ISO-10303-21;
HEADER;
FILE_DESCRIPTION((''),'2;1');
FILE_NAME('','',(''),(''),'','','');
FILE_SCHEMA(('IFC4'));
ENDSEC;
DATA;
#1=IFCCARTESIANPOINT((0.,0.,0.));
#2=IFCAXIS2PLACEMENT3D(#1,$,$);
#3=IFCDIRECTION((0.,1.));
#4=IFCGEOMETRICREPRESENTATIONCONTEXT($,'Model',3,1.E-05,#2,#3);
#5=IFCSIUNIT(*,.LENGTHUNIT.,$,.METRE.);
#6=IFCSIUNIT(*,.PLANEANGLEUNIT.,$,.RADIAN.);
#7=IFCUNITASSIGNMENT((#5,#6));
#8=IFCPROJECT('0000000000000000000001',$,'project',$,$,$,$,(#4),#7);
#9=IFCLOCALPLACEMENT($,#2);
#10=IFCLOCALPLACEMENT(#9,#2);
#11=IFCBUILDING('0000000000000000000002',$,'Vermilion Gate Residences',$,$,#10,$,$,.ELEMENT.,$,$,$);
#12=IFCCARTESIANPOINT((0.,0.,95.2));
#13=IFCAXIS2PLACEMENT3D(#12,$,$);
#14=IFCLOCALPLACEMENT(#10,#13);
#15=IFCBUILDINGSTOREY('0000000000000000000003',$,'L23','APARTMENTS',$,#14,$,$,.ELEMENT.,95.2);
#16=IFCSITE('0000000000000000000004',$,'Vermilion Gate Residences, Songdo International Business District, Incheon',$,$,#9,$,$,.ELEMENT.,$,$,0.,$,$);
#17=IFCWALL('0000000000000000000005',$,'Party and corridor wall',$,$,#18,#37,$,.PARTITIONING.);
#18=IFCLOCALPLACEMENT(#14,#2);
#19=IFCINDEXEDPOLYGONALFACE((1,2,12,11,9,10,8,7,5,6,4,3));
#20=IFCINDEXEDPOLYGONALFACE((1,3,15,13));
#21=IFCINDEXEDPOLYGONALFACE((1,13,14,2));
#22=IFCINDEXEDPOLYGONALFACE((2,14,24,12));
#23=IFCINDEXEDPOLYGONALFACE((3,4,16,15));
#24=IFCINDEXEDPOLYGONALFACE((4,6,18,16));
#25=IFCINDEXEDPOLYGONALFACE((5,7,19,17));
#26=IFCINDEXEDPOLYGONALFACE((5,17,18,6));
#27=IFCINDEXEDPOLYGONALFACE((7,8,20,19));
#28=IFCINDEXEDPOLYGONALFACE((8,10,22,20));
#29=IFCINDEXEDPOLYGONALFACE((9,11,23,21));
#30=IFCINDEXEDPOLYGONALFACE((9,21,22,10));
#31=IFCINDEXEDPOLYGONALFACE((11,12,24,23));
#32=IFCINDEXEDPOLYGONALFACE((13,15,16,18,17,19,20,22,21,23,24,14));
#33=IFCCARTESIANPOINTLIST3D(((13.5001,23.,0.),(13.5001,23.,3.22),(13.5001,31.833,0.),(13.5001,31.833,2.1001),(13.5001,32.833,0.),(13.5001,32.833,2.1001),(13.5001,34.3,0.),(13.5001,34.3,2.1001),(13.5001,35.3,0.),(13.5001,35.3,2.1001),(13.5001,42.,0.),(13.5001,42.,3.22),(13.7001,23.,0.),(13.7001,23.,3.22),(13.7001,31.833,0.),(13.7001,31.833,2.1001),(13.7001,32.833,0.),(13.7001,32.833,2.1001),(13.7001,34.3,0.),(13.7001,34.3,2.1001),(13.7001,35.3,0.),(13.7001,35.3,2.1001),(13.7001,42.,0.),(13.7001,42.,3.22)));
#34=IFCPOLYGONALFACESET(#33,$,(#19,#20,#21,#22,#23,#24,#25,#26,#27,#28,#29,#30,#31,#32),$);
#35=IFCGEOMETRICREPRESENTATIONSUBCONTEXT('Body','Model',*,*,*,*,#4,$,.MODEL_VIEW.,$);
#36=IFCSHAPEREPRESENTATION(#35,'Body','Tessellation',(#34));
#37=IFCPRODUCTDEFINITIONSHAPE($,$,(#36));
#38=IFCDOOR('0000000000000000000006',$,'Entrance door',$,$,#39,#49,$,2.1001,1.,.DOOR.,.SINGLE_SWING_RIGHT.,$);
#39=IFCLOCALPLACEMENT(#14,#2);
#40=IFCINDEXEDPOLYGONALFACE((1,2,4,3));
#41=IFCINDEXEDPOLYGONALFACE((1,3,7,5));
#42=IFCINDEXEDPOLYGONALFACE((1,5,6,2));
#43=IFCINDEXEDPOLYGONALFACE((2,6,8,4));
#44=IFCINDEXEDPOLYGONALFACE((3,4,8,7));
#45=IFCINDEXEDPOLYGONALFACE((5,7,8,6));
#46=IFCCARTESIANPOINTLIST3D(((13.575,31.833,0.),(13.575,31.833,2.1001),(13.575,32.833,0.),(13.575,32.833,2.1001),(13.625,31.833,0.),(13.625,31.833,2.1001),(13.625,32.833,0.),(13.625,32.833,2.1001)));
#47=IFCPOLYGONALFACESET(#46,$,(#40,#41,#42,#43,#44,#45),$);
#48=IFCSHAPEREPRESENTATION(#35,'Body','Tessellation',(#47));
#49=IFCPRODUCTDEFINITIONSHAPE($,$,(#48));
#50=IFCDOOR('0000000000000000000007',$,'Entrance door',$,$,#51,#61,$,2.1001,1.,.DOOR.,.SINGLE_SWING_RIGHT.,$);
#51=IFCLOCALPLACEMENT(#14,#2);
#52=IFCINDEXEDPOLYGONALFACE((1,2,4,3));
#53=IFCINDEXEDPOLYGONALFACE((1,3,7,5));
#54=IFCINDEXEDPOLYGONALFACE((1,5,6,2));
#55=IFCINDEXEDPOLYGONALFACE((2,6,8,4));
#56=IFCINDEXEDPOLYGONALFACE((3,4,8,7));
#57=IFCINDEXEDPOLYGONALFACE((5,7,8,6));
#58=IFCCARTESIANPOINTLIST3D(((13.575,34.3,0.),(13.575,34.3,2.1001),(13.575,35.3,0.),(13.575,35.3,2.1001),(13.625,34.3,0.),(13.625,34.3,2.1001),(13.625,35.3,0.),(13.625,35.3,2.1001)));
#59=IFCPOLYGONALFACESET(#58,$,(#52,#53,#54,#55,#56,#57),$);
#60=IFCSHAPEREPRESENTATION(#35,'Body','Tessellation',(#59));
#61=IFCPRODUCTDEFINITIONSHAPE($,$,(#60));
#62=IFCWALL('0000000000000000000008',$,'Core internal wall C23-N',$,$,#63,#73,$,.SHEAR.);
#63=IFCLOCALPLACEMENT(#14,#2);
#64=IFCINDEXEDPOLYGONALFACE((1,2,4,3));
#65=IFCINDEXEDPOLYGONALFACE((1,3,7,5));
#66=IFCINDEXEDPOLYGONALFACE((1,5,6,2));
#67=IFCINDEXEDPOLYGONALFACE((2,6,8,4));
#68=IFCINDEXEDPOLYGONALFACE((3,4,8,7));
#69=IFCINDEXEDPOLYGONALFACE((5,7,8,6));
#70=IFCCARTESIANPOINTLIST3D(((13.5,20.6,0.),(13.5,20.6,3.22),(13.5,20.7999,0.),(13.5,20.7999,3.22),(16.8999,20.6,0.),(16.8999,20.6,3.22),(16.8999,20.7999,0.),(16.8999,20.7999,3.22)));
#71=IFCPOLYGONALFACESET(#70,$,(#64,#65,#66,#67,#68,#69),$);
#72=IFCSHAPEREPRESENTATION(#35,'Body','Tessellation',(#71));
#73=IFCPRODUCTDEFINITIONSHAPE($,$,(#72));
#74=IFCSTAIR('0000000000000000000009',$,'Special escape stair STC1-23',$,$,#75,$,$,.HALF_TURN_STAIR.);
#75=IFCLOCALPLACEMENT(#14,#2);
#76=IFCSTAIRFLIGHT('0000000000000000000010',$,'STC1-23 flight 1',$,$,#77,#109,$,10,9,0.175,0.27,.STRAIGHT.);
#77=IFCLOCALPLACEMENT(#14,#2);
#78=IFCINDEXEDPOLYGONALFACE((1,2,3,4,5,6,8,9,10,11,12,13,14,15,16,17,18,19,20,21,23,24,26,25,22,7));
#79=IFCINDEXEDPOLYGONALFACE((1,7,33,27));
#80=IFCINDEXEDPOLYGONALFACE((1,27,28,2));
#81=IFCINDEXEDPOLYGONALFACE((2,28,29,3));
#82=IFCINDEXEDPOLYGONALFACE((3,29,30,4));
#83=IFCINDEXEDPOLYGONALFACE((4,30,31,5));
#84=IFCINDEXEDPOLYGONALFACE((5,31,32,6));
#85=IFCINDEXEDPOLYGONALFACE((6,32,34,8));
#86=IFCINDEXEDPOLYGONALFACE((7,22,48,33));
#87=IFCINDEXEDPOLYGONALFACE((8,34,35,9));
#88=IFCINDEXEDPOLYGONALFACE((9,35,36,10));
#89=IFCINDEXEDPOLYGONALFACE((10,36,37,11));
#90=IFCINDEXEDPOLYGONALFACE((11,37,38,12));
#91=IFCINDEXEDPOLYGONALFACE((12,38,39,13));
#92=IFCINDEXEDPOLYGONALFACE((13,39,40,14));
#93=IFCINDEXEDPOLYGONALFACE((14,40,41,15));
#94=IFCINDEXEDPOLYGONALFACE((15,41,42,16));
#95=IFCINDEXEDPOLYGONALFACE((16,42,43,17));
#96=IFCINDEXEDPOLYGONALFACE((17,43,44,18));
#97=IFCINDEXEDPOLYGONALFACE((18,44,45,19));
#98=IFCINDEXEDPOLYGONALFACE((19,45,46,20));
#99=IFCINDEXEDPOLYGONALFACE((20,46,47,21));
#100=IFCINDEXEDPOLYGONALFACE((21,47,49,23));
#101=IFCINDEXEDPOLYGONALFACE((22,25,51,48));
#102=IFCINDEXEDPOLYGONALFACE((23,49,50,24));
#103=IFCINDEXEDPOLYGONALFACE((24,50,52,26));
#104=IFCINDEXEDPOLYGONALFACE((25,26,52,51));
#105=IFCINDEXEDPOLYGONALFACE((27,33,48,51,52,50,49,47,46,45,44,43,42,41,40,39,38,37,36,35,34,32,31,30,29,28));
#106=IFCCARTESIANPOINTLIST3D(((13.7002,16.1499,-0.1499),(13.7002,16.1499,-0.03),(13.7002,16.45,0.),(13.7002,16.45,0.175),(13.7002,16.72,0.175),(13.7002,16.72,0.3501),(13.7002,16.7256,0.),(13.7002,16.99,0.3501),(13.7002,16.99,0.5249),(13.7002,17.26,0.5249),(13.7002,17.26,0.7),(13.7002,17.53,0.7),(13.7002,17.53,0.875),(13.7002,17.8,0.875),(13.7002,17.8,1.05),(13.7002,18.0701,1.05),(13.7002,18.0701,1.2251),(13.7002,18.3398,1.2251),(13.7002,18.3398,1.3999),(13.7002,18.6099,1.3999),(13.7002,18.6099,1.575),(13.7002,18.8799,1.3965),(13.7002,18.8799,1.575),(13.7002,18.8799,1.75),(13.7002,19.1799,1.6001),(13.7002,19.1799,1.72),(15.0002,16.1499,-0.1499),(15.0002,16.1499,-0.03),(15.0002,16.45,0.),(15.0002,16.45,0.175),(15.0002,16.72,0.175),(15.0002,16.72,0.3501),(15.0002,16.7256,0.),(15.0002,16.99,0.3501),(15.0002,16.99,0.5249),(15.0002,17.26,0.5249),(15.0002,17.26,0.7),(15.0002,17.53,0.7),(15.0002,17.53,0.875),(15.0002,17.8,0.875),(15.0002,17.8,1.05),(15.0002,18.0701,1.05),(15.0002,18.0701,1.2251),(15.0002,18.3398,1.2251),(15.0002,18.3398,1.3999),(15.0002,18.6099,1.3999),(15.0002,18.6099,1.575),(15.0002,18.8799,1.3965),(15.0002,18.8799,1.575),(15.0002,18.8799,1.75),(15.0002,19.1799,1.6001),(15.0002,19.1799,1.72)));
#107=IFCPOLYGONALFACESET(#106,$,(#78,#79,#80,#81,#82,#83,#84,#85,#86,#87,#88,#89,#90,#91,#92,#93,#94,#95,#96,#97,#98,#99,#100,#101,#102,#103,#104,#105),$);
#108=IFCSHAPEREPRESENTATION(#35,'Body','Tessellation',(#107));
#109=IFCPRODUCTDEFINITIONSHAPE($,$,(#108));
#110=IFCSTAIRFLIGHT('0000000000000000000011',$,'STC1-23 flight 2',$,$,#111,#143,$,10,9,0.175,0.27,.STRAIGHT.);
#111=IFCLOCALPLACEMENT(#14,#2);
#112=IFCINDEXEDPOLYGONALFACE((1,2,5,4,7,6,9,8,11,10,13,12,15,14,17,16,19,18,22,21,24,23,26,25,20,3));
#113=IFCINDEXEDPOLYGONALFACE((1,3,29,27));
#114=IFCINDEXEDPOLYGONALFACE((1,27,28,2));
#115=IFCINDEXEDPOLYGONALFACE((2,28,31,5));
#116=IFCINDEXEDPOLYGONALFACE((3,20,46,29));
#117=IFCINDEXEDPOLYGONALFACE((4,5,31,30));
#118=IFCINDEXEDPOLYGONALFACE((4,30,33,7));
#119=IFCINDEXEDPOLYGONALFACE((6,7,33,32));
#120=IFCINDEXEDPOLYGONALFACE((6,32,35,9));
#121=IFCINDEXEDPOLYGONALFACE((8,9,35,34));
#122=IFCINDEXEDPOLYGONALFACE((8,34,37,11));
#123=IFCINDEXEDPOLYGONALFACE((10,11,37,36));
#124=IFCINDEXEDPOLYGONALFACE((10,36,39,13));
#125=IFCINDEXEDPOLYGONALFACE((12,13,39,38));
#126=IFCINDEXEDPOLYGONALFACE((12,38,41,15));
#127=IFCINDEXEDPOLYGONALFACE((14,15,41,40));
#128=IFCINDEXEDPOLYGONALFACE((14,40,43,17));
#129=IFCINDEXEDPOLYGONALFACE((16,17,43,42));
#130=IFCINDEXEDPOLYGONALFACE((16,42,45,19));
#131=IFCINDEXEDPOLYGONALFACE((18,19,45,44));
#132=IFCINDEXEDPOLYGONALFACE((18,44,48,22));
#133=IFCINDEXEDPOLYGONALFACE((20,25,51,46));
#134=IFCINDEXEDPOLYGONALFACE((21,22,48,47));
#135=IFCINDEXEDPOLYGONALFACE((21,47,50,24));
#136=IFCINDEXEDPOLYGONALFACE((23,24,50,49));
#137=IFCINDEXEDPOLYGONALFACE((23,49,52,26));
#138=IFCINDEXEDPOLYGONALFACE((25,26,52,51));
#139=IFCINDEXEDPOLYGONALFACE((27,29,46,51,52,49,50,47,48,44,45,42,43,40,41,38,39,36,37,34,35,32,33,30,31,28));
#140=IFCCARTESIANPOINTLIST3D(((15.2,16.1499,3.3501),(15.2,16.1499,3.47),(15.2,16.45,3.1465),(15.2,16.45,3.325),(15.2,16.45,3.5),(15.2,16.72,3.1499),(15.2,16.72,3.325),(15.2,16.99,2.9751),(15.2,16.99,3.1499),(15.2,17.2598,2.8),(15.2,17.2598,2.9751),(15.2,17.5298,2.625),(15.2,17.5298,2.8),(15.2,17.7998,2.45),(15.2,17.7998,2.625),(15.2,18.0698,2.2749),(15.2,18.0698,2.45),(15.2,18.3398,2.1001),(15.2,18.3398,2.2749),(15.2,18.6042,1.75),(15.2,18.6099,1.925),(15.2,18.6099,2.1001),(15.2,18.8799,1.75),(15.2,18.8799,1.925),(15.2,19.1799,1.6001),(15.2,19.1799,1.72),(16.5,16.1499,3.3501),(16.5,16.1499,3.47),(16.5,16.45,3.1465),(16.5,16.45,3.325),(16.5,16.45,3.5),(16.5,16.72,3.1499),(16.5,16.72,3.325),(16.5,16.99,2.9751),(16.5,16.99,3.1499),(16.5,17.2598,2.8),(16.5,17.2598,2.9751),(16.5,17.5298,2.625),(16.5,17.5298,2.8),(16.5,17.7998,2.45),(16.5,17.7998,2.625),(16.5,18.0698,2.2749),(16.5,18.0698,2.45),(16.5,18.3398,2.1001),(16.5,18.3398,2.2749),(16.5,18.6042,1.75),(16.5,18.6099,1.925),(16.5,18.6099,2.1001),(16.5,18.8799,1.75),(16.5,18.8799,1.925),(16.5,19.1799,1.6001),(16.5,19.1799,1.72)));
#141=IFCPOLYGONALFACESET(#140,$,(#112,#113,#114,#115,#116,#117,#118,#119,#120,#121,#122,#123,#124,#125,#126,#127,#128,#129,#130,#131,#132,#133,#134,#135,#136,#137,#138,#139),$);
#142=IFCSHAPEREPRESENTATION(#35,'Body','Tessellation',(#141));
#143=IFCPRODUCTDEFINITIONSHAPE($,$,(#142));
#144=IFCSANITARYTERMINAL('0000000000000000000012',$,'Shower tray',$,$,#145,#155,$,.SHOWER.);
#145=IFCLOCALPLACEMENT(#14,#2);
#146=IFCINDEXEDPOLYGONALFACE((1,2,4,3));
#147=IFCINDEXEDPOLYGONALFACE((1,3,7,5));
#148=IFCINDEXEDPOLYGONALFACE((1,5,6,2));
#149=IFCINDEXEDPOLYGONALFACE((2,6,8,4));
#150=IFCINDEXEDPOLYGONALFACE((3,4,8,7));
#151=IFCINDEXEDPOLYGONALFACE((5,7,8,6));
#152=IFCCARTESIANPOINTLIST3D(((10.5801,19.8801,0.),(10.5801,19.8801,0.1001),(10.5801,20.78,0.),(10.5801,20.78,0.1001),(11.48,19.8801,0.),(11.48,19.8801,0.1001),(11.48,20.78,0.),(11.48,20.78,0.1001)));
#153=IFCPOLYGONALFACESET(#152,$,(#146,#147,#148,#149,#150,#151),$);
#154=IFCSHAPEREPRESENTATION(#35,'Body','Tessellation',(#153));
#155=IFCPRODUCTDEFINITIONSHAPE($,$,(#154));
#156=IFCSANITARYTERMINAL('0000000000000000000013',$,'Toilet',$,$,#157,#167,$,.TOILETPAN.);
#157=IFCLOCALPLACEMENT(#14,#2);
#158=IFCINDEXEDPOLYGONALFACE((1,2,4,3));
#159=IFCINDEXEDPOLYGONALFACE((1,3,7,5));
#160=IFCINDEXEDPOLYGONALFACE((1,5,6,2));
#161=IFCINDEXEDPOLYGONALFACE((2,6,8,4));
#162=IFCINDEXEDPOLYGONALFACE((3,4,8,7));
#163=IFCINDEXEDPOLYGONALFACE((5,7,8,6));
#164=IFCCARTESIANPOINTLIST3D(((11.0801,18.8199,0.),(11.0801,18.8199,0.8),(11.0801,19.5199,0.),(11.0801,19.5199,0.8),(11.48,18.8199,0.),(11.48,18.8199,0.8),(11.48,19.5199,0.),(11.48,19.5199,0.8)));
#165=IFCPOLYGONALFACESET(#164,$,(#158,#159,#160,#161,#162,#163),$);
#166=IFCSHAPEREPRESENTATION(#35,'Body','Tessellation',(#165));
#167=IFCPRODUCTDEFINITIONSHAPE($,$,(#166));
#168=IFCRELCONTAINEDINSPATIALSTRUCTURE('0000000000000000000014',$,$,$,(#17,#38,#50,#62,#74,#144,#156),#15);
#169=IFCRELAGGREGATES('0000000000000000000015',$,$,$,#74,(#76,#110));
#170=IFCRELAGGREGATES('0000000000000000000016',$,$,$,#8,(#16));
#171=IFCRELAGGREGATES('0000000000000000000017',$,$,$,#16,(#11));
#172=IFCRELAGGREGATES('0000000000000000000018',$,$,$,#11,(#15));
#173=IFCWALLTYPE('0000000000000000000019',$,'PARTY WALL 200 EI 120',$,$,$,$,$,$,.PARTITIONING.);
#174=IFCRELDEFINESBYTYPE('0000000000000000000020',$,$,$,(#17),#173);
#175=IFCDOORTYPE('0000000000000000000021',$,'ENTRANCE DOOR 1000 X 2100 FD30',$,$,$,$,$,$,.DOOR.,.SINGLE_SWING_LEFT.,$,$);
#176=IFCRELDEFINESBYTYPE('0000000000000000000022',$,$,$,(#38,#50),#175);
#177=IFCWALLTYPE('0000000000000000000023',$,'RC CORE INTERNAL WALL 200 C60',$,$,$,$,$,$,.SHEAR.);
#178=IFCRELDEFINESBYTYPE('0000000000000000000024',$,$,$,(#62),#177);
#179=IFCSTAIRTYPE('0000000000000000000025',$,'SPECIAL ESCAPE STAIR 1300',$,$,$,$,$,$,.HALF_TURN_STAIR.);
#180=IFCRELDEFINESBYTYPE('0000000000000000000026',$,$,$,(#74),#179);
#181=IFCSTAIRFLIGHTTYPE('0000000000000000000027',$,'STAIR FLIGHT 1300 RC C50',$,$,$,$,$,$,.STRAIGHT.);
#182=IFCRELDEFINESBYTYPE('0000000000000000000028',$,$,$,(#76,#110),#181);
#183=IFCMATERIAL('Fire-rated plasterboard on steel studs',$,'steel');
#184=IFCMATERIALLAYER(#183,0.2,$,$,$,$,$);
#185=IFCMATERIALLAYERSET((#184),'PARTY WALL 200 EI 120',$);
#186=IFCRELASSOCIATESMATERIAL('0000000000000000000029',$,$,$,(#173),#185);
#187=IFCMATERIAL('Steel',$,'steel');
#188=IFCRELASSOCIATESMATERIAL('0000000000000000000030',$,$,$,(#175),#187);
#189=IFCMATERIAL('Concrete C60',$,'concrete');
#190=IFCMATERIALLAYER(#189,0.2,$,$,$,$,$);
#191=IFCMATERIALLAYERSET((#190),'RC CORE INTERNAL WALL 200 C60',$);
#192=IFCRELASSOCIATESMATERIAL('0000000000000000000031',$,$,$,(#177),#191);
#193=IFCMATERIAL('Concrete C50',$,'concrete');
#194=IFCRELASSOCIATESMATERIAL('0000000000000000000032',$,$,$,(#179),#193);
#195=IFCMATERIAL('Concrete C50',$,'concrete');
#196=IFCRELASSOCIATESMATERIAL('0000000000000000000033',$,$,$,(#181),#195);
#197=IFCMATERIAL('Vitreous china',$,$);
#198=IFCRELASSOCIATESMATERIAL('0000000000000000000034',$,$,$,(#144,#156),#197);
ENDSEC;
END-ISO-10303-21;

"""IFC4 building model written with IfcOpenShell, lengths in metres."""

from ifc_helpers import new_model, si_unit, direction, frame, frame_2d, origin, origin_2d, place, context, subcontext, project, spatial, polyline, rectangle, outline, extrude, material, layer, layer_set, type_object, element, fill, aggregate, save


model = new_model("IFC4")

# Units and contexts
model_context = context("Model", 3, precision=1e-05, world=origin(), true_north=direction((0.0, 1.0)))
body_context = subcontext(model_context, "Body", "Model", "MODEL_VIEW")
ifc_project = project(units=[si_unit("LENGTHUNIT", "METRE"), si_unit("PLANEANGLEUNIT", "RADIAN")], contexts=[model_context])

# Site, building, storey
site_placement = place(None, origin())
site = spatial("IfcSite", under=ifc_project, at=site_placement, Name="Vermilion Gate Residences, Songdo International Business District, Incheon", CompositionType="ELEMENT", RefElevation=0.0)
building_placement = place(site_placement, origin())
building = spatial("IfcBuilding", under=site, at=building_placement, Name="Vermilion Gate Residences", CompositionType="ELEMENT")
storey_placement = place(building_placement, frame((0.0, 0.0, 95.2)))
storey = spatial("IfcBuildingStorey", under=building, at=storey_placement, Name="L23", Description="APARTMENTS", CompositionType="ELEMENT", Elevation=95.2)

# Shared definitions
ifc_material_1 = material(Name="Fire-rated plasterboard on steel studs", Category="steel")
ifc_layer_1 = layer(ifc_material_1, 0.2)
ifc_layer_set_1 = layer_set([ifc_layer_1], Name="PARTY WALL 200 EI 120")
wall_type_1 = type_object("IfcWallType", Name="PARTY WALL 200 EI 120", PredefinedType="PARTITIONING", material=ifc_layer_set_1)
ifc_material_2 = material(Name="Steel", Category="steel")
door_type_1 = type_object("IfcDoorType", Name="ENTRANCE DOOR 1000 X 2100 FD30", OperationType="SINGLE_SWING_LEFT", PredefinedType="DOOR", material=ifc_material_2)

# Wall, openings, doors
wall_1_placement = place(storey_placement, frame((13.6001, 23.0, 0.0), z_axis=(0.0, 0.0, 1.0), x_axis=(0.0, 1.0, 0.0)))
wall_1 = element("IfcWall", 1, at=wall_1_placement, inside=storey, type_object=wall_type_1, Name="Party and corridor wall", PredefinedType="PARTITIONING", context=body_context, shape_type="SweptSolid", body=[
    extrude(rectangle(XDim=19.0, YDim=0.2, at=frame_2d((9.5, 0.0))), origin(), (0.0, 0.0, 1.0), 3.22),
])
opening_1_placement = place(wall_1_placement, frame((8.833, 0.0, 0.0)))
opening_1 = element("IfcOpeningElement", 2, at=opening_1_placement, cuts=wall_1, PredefinedType="OPENING", context=body_context, shape_type="SweptSolid", body=[
    extrude(rectangle(XDim=1.0, YDim=2.1001, at=frame_2d((0.5, 1.05))), frame((0.0, 0.1099, 0.0), z_axis=(0.0, -1.0, 0.0), x_axis=(1.0, 0.0, 0.0)), (0.0, 0.0, 1.0), 0.22),
])
opening_2_placement = place(wall_1_placement, frame((11.3, 0.0, 0.0)))
opening_2 = element("IfcOpeningElement", 3, at=opening_2_placement, cuts=wall_1, PredefinedType="OPENING", context=body_context, shape_type="SweptSolid", body=[
    extrude(rectangle(XDim=1.0, YDim=2.1001, at=frame_2d((0.5, 1.05))), frame((0.0, 0.1099, 0.0), z_axis=(0.0, -1.0, 0.0), x_axis=(1.0, 0.0, 0.0)), (0.0, 0.0, 1.0), 0.22),
])
door_1_placement = place(opening_1_placement, frame((1.0, 0.0, 0.0), z_axis=(0.0, 0.0, 1.0), x_axis=(-1.0, 0.0, 0.0)))
door_1 = element("IfcDoor", 4, at=door_1_placement, inside=storey, type_object=door_type_1, Name="Entrance door", OperationType="SINGLE_SWING_RIGHT", OverallHeight=2.1001, OverallWidth=1.0, PredefinedType="DOOR", context=body_context, shape_type="SweptSolid", body=[
    extrude(rectangle(XDim=1.0, YDim=2.1001, at=frame_2d((0.5, 1.05))), frame((0.0, 0.0249, 0.0), z_axis=(0.0, -1.0, 0.0), x_axis=(1.0, 0.0, 0.0)), (0.0, 0.0, 1.0), 0.05),
])
fill(opening_1, door_1)
door_2_placement = place(opening_2_placement, frame((1.0, 0.0, 0.0), z_axis=(0.0, 0.0, 1.0), x_axis=(-1.0, 0.0, 0.0)))
door_2 = element("IfcDoor", 5, at=door_2_placement, inside=storey, type_object=door_type_1, Name="Entrance door", OperationType="SINGLE_SWING_RIGHT", OverallHeight=2.1001, OverallWidth=1.0, PredefinedType="DOOR", context=body_context, shape_type="SweptSolid", body=[
    extrude(rectangle(XDim=1.0, YDim=2.1001, at=frame_2d((0.5, 1.05))), frame((0.0, 0.0249, 0.0), z_axis=(0.0, -1.0, 0.0), x_axis=(1.0, 0.0, 0.0)), (0.0, 0.0, 1.0), 0.05),
])
fill(opening_2, door_2)

# Wall
ifc_material_3 = material(Name="Concrete C60", Category="concrete")
ifc_layer_2 = layer(ifc_material_3, 0.2)
ifc_layer_set_2 = layer_set([ifc_layer_2], Name="RC CORE INTERNAL WALL 200 C60")
wall_type_2 = type_object("IfcWallType", Name="RC CORE INTERNAL WALL 200 C60", PredefinedType="SHEAR", material=ifc_layer_set_2)
wall_2_placement = place(storey_placement, frame((13.5, 20.7, 0.0), z_axis=(0.0, 0.0, 1.0), x_axis=(1.0, 0.0, 0.0)))
element("IfcWall", 6, at=wall_2_placement, inside=storey, type_object=wall_type_2, Name="Core internal wall C23-N", PredefinedType="SHEAR", context=body_context, shape_type="SweptSolid", body=[
    extrude(rectangle(XDim=3.3999, YDim=0.2, at=frame_2d((1.7, 0.0))), origin(), (0.0, 0.0, 1.0), 3.22),
])

# Stair, stair flights
ifc_material_4 = material(Name="Concrete C50", Category="concrete")
stair_type = type_object("IfcStairType", Name="SPECIAL ESCAPE STAIR 1300", PredefinedType="HALF_TURN_STAIR", material=ifc_material_4)
stair_placement = place(storey_placement, origin())
stair = element("IfcStair", 7, at=stair_placement, inside=storey, type_object=stair_type, Name="Special escape stair STC1-23", PredefinedType="HALF_TURN_STAIR")
ifc_material_5 = material(Name="Concrete C50", Category="concrete")
stair_flight_type = type_object("IfcStairFlightType", Name="STAIR FLIGHT 1300 RC C50", PredefinedType="STRAIGHT", material=ifc_material_5)
stair_flight_1_placement = place(storey_placement, frame((14.3501, 16.45, 0.0), z_axis=(0.0, 0.0, 1.0), x_axis=(0.0, 1.0, 0.0)))
stair_flight_1 = element("IfcStairFlight", 8, at=stair_flight_1_placement, type_object=stair_flight_type, Name="STC1-23 flight 1", NumberOfRisers=10, NumberOfTreads=9, PredefinedType="STRAIGHT", RiserHeight=0.175, TreadLength=0.27, context=body_context, shape_type="SweptSolid", body=[
    extrude(outline(polyline([(-0.3, -0.1499), (-0.3, -0.03), (0.0, 0.0), (0.0, 0.175), (0.27, 0.175), (0.27, 0.3501), (0.54, 0.3501), (0.54, 0.5249), (0.8101, 0.5249), (0.8101, 0.7), (1.0801, 0.7), (1.0801, 0.875), (1.3501, 0.875), (1.3501, 1.05), (1.6201, 1.05), (1.6201, 1.2251), (1.8899, 1.2251), (1.8899, 1.3999), (2.1599, 1.3999), (2.1599, 1.575), (2.4299, 1.575), (2.4299, 1.75), (2.73, 1.72), (2.73, 1.6001), (2.4299, 1.3965), (0.2756, 0.0), (-0.3, -0.1499)])), frame((0.0, 0.6499, 0.0), z_axis=(0.0, -1.0, 0.0), x_axis=(1.0, 0.0, 0.0)), (0.0, 0.0, 1.0), 1.3),
])
stair_flight_2_placement = place(storey_placement, frame((15.8501, 18.8799, 1.75), z_axis=(0.0, 0.0, 1.0), x_axis=(0.0, -1.0, 0.0)))
stair_flight_2 = element("IfcStairFlight", 9, at=stair_flight_2_placement, type_object=stair_flight_type, Name="STC1-23 flight 2", NumberOfRisers=10, NumberOfTreads=9, PredefinedType="STRAIGHT", RiserHeight=0.175, TreadLength=0.27, context=body_context, shape_type="SweptSolid", body=[
    extrude(outline(polyline([(-0.3, -0.1499), (-0.3, -0.03), (0.0, 0.0), (0.0, 0.175), (0.27, 0.175), (0.27, 0.3501), (0.54, 0.3501), (0.54, 0.5249), (0.8101, 0.5249), (0.8101, 0.7), (1.0801, 0.7), (1.0801, 0.875), (1.3501, 0.875), (1.3501, 1.05), (1.6201, 1.05), (1.6201, 1.2251), (1.8899, 1.2251), (1.8899, 1.3999), (2.1599, 1.3999), (2.1599, 1.575), (2.4299, 1.575), (2.4299, 1.75), (2.73, 1.72), (2.73, 1.6001), (2.4299, 1.3965), (0.2756, 0.0), (-0.3, -0.1499)])), frame((0.0, 0.6499, 0.0), z_axis=(0.0, -1.0, 0.0), x_axis=(1.0, 0.0, 0.0)), (0.0, 0.0, 1.0), 1.3),
])
aggregate(stair, [stair_flight_1, stair_flight_2])

# Sanitary terminals
ifc_material_6 = material(Name="Vitreous china")
sanitary_terminal_1_placement = place(storey_placement, frame((11.03, 20.3301, 0.0), z_axis=(0.0, 0.0, 1.0), x_axis=(1.0, 0.0, 0.0)))
element("IfcSanitaryTerminal", 10, at=sanitary_terminal_1_placement, inside=storey, material=ifc_material_6, Name="Shower tray", PredefinedType="SHOWER", context=body_context, shape_type="SweptSolid", body=[
    extrude(rectangle(XDim=0.8999, YDim=0.8999, at=origin_2d()), origin(), (0.0, 0.0, 1.0), 0.1001),
])
sanitary_terminal_2_placement = place(storey_placement, frame((11.28, 19.1699, 0.0), z_axis=(0.0, 0.0, 1.0), x_axis=(1.0, 0.0, 0.0)))
element("IfcSanitaryTerminal", 11, at=sanitary_terminal_2_placement, inside=storey, material=ifc_material_6, Name="Toilet", PredefinedType="TOILETPAN", context=body_context, shape_type="SweptSolid", body=[
    extrude(rectangle(XDim=0.3999, YDim=0.7, at=origin_2d()), origin(), (0.0, 0.0, 1.0), 0.8),
])

save(model, "model.ifc")
